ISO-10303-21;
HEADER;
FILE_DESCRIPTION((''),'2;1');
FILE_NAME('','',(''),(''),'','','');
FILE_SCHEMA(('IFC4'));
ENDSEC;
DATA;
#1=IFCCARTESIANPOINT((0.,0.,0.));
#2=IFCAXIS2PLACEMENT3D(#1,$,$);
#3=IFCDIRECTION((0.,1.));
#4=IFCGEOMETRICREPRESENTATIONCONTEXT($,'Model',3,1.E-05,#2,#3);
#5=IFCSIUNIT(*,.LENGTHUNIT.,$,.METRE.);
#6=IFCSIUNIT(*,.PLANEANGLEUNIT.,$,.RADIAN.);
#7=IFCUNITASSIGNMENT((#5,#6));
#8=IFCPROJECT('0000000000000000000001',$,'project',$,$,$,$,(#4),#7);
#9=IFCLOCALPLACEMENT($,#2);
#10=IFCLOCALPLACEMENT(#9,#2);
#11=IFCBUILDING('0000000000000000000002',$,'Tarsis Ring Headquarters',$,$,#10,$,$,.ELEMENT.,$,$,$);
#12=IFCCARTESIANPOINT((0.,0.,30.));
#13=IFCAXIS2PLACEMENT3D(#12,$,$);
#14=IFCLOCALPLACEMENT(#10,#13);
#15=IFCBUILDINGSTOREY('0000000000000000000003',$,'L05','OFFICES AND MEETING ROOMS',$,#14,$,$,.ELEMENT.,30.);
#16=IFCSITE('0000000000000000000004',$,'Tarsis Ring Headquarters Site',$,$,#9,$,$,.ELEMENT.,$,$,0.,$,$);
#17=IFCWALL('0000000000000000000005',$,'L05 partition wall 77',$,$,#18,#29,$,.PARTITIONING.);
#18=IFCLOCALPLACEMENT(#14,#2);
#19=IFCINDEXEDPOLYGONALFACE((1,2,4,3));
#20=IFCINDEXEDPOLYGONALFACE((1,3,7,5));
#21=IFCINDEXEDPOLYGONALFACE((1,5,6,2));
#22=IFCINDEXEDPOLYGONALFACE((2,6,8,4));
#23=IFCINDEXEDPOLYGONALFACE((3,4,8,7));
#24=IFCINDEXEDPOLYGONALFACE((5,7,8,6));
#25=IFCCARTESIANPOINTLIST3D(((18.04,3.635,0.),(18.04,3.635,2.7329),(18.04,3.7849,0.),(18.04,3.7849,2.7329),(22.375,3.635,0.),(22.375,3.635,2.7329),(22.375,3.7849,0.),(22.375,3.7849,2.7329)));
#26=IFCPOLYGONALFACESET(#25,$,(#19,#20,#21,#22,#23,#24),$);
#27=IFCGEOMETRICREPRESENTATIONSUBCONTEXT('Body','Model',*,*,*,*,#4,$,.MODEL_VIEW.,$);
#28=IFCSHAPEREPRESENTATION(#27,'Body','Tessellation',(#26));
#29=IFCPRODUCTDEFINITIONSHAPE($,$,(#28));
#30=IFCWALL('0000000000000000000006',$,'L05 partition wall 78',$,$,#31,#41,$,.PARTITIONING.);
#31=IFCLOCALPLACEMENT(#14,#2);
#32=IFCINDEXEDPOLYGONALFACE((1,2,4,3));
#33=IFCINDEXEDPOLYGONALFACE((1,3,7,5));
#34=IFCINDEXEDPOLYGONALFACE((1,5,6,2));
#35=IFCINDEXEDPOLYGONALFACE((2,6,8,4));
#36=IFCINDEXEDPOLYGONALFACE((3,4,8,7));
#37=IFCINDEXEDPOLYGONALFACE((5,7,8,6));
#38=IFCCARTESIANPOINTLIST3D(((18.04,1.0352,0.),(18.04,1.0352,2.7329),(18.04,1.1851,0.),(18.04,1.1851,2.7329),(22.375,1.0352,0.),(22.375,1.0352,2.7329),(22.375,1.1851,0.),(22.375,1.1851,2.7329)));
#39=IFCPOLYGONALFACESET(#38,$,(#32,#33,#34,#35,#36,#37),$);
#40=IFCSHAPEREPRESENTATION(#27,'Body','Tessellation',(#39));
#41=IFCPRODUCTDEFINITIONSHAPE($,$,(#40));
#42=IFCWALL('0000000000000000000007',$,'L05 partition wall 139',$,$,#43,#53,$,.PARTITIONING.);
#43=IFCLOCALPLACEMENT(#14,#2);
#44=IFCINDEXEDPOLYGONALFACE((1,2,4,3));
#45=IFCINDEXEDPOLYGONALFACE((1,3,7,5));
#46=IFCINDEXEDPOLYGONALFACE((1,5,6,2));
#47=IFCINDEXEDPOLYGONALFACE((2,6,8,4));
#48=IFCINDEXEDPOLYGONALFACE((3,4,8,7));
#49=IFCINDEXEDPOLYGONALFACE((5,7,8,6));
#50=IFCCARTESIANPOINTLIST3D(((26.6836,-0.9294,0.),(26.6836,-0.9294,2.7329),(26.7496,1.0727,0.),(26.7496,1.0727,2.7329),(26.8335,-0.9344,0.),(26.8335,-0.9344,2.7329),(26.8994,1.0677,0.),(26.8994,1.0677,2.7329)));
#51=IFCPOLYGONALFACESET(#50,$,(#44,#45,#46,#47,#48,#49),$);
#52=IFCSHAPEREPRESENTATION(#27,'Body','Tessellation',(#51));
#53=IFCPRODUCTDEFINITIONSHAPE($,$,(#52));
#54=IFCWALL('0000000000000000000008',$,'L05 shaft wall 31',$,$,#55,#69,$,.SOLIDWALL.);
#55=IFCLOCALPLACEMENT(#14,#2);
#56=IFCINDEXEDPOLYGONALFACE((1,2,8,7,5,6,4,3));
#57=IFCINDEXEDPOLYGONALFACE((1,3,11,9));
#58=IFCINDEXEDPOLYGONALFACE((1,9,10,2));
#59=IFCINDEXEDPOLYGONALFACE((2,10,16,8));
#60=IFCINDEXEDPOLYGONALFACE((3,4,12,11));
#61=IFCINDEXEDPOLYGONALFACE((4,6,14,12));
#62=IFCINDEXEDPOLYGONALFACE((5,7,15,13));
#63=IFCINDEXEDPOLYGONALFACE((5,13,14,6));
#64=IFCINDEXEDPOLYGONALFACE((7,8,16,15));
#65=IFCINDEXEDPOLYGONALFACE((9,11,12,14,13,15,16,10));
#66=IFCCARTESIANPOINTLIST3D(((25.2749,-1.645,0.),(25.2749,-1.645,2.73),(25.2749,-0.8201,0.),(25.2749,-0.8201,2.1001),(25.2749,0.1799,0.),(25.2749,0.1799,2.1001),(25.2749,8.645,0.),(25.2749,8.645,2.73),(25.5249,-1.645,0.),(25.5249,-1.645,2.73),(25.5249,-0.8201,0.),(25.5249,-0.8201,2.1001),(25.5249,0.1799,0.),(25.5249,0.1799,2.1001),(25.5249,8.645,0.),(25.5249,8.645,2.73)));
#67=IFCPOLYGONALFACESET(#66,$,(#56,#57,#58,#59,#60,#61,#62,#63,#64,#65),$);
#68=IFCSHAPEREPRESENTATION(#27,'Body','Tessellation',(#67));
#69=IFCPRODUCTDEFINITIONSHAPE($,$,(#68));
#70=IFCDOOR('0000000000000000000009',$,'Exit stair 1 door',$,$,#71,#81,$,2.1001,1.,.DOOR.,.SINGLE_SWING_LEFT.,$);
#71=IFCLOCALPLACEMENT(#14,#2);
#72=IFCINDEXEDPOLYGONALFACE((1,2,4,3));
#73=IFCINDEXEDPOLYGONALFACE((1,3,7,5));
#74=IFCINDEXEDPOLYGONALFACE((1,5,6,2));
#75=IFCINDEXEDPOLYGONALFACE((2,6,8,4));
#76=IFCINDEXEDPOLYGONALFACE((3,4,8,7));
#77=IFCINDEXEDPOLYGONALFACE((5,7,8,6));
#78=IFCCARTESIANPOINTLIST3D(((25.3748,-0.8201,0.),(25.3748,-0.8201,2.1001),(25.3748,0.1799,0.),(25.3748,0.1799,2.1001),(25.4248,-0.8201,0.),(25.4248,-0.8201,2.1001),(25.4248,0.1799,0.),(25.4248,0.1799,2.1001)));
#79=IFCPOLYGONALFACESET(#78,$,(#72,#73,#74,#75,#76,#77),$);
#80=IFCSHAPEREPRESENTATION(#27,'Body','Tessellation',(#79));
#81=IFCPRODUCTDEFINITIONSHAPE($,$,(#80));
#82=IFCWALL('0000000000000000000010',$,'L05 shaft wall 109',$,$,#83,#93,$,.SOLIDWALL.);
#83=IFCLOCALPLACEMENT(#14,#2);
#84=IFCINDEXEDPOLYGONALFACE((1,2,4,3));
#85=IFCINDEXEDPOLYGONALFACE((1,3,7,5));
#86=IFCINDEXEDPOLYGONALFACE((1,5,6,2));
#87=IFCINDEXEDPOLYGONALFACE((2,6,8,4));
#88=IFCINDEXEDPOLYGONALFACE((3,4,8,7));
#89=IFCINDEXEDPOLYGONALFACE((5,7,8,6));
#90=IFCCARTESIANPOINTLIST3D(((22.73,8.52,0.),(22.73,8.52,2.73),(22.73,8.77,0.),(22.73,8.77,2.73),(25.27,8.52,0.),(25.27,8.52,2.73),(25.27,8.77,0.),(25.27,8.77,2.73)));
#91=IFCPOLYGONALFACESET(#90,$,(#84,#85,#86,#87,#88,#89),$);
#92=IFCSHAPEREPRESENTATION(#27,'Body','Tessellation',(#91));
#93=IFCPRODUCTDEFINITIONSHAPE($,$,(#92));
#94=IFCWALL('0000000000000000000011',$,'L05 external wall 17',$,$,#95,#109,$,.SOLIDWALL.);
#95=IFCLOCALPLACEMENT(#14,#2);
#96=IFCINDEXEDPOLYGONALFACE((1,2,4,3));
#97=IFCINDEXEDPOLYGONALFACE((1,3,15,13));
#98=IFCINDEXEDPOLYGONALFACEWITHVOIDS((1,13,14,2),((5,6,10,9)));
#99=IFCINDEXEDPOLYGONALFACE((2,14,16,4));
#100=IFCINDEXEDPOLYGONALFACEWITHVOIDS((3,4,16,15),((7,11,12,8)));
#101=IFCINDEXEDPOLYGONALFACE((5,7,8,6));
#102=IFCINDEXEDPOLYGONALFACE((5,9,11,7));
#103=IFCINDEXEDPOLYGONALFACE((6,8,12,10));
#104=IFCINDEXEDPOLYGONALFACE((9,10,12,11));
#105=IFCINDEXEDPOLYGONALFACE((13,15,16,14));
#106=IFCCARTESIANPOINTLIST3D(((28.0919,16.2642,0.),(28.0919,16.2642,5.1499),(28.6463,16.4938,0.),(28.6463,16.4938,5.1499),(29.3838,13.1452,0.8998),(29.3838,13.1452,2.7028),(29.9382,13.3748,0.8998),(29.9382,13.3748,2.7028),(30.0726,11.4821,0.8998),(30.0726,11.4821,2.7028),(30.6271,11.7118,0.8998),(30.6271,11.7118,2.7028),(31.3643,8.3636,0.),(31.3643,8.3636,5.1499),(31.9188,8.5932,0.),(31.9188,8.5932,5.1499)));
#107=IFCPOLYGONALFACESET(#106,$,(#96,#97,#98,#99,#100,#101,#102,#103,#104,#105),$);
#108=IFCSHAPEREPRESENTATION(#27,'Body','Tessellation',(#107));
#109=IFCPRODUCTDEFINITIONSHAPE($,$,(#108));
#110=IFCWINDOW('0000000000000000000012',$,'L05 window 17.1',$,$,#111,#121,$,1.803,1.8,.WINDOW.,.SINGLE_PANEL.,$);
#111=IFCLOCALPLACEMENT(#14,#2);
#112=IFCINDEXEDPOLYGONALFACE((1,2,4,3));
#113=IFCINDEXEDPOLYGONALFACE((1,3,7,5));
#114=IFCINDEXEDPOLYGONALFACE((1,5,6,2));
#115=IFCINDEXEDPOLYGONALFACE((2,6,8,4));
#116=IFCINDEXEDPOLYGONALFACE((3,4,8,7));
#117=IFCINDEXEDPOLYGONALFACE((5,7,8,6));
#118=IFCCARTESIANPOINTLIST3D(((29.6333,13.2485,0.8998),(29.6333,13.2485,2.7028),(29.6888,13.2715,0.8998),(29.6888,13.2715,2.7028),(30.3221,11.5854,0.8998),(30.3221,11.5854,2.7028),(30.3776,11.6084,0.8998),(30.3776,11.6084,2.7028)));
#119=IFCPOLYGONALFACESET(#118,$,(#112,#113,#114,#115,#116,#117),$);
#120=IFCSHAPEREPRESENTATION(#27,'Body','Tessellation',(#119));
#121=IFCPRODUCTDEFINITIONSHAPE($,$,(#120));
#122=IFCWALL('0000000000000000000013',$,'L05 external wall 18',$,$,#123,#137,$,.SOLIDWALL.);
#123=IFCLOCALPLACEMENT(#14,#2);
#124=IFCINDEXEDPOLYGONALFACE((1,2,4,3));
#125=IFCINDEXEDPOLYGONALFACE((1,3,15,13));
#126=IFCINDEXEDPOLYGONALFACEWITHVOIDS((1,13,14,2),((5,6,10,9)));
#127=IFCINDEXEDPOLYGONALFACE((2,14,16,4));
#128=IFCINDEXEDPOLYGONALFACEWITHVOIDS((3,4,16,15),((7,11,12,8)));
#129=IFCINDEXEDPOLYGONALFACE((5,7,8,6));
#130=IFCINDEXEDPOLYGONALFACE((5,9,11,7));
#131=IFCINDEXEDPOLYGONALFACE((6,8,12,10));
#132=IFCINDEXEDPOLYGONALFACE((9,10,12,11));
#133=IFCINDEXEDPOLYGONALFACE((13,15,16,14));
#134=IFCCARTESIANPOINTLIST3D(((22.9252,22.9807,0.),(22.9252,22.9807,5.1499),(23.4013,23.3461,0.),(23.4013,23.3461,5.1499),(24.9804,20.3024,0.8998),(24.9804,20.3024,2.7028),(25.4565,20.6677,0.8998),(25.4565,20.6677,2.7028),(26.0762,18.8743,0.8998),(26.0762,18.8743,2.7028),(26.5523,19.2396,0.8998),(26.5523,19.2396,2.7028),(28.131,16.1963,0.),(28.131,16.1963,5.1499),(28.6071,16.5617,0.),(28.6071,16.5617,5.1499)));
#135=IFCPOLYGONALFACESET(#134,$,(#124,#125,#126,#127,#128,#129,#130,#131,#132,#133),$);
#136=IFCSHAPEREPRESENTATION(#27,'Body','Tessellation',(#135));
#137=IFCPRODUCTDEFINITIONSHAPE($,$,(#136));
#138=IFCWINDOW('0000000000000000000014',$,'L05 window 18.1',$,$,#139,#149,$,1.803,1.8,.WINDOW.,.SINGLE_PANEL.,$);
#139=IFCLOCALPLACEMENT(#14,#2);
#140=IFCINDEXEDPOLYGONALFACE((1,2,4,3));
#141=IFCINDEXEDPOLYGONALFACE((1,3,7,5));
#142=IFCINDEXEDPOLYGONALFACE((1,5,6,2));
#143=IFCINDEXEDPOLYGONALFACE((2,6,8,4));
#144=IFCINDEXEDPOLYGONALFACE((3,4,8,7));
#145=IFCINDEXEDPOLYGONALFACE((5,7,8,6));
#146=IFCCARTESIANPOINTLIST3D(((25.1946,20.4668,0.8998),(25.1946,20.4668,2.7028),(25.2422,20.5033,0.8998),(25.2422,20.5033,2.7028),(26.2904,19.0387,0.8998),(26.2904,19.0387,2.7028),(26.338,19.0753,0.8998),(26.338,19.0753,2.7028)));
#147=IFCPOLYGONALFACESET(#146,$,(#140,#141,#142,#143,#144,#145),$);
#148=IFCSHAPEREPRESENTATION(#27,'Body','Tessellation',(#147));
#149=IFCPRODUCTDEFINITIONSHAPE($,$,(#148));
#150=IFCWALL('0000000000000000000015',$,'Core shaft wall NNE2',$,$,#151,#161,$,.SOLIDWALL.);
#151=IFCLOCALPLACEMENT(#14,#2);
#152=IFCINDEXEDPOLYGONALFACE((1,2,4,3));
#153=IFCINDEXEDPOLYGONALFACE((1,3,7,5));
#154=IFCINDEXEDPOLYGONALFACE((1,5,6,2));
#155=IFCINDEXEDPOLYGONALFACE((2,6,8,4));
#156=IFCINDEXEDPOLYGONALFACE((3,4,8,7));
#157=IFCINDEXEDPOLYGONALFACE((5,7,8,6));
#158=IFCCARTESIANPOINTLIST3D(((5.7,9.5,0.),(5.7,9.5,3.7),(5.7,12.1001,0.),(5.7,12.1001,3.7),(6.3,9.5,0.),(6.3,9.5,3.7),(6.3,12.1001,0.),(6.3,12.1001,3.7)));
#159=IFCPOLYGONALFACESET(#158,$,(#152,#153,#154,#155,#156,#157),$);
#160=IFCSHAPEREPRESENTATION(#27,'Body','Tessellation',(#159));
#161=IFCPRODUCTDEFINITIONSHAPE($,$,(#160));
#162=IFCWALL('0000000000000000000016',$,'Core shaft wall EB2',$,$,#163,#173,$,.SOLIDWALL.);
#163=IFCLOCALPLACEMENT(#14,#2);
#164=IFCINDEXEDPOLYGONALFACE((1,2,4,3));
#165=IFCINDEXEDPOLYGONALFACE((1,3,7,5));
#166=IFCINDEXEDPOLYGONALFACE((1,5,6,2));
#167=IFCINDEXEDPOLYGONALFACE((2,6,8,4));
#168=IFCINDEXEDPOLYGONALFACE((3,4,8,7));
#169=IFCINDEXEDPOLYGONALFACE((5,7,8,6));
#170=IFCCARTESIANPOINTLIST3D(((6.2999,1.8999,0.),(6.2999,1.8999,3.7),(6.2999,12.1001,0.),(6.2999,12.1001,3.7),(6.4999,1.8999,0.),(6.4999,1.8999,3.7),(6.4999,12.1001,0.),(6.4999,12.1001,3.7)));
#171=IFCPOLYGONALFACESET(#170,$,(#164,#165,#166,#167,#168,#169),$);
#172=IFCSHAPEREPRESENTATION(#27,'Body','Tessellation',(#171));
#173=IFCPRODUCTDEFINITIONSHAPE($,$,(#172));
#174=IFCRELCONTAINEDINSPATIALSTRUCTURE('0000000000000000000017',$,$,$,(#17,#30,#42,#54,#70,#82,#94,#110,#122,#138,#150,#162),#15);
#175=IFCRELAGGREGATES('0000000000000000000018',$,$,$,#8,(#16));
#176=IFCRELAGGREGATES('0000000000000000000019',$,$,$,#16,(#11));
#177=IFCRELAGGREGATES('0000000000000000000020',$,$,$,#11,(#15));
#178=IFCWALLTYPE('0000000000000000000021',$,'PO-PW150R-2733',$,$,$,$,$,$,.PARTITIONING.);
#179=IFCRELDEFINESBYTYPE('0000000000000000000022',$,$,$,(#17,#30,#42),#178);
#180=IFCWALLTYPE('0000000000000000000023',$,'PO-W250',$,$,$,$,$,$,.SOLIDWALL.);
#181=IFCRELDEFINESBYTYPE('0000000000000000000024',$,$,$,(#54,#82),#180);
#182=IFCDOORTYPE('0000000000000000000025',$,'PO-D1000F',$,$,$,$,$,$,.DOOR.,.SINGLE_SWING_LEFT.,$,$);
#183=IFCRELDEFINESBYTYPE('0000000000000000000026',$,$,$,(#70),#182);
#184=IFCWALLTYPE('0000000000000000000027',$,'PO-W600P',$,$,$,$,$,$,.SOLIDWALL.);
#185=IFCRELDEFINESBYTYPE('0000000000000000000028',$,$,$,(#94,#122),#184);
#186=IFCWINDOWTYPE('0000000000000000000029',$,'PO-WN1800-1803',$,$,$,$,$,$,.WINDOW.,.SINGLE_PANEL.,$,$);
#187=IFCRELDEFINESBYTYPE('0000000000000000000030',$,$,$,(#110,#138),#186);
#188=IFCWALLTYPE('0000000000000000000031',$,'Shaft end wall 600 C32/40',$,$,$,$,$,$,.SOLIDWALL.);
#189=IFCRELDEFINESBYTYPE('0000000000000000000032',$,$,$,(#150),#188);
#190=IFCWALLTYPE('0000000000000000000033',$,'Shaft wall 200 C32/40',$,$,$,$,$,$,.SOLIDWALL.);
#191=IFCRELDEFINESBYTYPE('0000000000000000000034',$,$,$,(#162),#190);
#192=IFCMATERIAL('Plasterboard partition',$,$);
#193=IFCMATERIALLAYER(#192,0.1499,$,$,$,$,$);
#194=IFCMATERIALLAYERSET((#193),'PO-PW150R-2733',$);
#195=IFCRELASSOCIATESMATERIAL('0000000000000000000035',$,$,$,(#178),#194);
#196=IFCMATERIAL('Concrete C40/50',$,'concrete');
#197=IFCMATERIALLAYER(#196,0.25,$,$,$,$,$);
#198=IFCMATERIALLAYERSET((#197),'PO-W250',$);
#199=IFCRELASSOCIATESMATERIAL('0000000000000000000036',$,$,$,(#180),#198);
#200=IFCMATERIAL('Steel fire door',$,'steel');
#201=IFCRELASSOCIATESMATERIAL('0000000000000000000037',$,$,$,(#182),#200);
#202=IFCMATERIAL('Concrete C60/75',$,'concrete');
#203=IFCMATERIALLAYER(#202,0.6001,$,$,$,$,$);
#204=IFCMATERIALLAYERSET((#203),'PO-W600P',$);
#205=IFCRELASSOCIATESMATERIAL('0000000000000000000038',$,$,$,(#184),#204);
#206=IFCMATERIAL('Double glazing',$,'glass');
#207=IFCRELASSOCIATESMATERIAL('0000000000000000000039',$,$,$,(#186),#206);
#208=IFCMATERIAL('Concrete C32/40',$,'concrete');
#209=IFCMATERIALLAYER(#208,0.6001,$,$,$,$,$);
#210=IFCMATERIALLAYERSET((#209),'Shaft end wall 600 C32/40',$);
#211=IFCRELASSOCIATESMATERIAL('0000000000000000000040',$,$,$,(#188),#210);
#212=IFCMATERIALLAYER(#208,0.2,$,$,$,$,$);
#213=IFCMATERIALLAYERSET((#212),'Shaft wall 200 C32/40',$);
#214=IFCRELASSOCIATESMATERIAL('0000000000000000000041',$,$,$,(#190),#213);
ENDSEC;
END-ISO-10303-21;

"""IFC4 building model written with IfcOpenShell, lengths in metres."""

from ifc_helpers import new_model, si_unit, direction, frame, frame_2d, origin, place, context, subcontext, project, spatial, rectangle, extrude, material, layer, layer_set, type_object, element, fill, save


model = new_model("IFC4")

# Units and contexts
model_context = context("Model", 3, precision=1e-05, world=origin(), true_north=direction((0.0, 1.0)))
body_context = subcontext(model_context, "Body", "Model", "MODEL_VIEW")
ifc_project = project(units=[si_unit("LENGTHUNIT", "METRE"), si_unit("PLANEANGLEUNIT", "RADIAN")], contexts=[model_context])

# Site, building, storey
site_placement = place(None, origin())
site = spatial("IfcSite", under=ifc_project, at=site_placement, Name="Tarsis Ring Headquarters Site", CompositionType="ELEMENT", RefElevation=0.0)
building_placement = place(site_placement, origin())
building = spatial("IfcBuilding", under=site, at=building_placement, Name="Tarsis Ring Headquarters", CompositionType="ELEMENT")
storey_placement = place(building_placement, frame((0.0, 0.0, 30.0)))
storey = spatial("IfcBuildingStorey", under=building, at=storey_placement, Name="L05", Description="OFFICES AND MEETING ROOMS", CompositionType="ELEMENT", Elevation=30.0)

# Shared definitions
ifc_material_1 = material(Name="Concrete C40/50", Category="concrete")

# Shared definitions
ifc_material_2 = material(Name="Concrete C60/75", Category="concrete")

# Walls
ifc_material_3 = material(Name="Plasterboard partition")
ifc_layer_1 = layer(ifc_material_3, 0.1499)
ifc_layer_set_1 = layer_set([ifc_layer_1], Name="PO-PW150R-2733")
wall_type_1 = type_object("IfcWallType", Name="PO-PW150R-2733", PredefinedType="PARTITIONING", material=ifc_layer_set_1)
for number, where, z_axis, x_axis, name in (
    (1, (18.04, 3.71, 0.0), (0.0, 0.0, 1.0), (1.0, 0.0, 0.0), "L05 partition wall 77"),
    (2, (22.375, 1.1101, 0.0), (0.0, 0.0, 1.0), (-1.0, 0.0, 0.0), "L05 partition wall 78"),
):
    element("IfcWall", number, at=place(storey_placement, frame(where, z_axis=z_axis, x_axis=x_axis)), inside=storey, type_object=wall_type_1, Name=name, PredefinedType="PARTITIONING", context=body_context, shape_type="SweptSolid", body=[
        extrude(rectangle(XDim=4.335, YDim=0.1499, at=frame_2d((2.1675, 0.0))), origin(), (0.0, 0.0, 1.0), 2.7329),
    ])
wall_1_placement = place(storey_placement, frame((26.8245, 1.0701, 0.0), z_axis=(0.0, 0.0, 1.0), x_axis=(-0.032905, -0.999458, 0.0)))
element("IfcWall", 3, at=wall_1_placement, inside=storey, type_object=wall_type_1, Name="L05 partition wall 139", PredefinedType="PARTITIONING", context=body_context, shape_type="SweptSolid", body=[
    extrude(rectangle(XDim=2.0032, YDim=0.1499, at=frame_2d((1.0015, 0.0))), origin(), (0.0, 0.0, 1.0), 2.7329),
])

# Wall, opening, door
ifc_layer_2 = layer(ifc_material_1, 0.25)
ifc_layer_set_2 = layer_set([ifc_layer_2], Name="PO-W250")
wall_type_2 = type_object("IfcWallType", Name="PO-W250", PredefinedType="SOLIDWALL", material=ifc_layer_set_2)
wall_2_placement = place(storey_placement, frame((25.3999, 8.645, 0.0), z_axis=(0.0, 0.0, 1.0), x_axis=(0.0, -1.0, 0.0)))
wall_2 = element("IfcWall", 4, at=wall_2_placement, inside=storey, type_object=wall_type_2, Name="L05 shaft wall 31", PredefinedType="SOLIDWALL", context=body_context, shape_type="SweptSolid", body=[
    extrude(rectangle(XDim=10.29, YDim=0.25, at=frame_2d((5.145, 0.0))), origin(), (0.0, 0.0, 1.0), 2.73),
])
opening_1_placement = place(wall_2_placement, frame((8.4651, 0.0, 0.0)))
opening_1 = element("IfcOpeningElement", 5, at=opening_1_placement, cuts=wall_2, PredefinedType="OPENING", context=body_context, shape_type="SweptSolid", body=[
    extrude(rectangle(XDim=1.0, YDim=2.1001, at=frame_2d((0.5, 1.05))), frame((0.0, 0.135, 0.0), z_axis=(0.0, -1.0, 0.0), x_axis=(1.0, 0.0, 0.0)), (0.0, 0.0, 1.0), 0.27),
])
ifc_material_4 = material(Name="Steel fire door", Category="steel")
door_type = type_object("IfcDoorType", Name="PO-D1000F", OperationType="SINGLE_SWING_LEFT", PredefinedType="DOOR", material=ifc_material_4)
door_placement = place(opening_1_placement, origin())
door = element("IfcDoor", 6, at=door_placement, inside=storey, type_object=door_type, Name="Exit stair 1 door", OperationType="SINGLE_SWING_LEFT", OverallHeight=2.1001, OverallWidth=1.0, PredefinedType="DOOR", context=body_context, shape_type="SweptSolid", body=[
    extrude(rectangle(XDim=1.0, YDim=2.1001, at=frame_2d((0.5, 1.05))), frame((0.0, 0.0249, 0.0), z_axis=(0.0, -1.0, 0.0), x_axis=(1.0, 0.0, 0.0)), (0.0, 0.0, 1.0), 0.05),
])
fill(opening_1, door)

# Wall
wall_3_placement = place(storey_placement, frame((22.73, 8.645, 0.0), z_axis=(0.0, 0.0, 1.0), x_axis=(1.0, 0.0, 0.0)))
element("IfcWall", 7, at=wall_3_placement, inside=storey, type_object=wall_type_2, Name="L05 shaft wall 109", PredefinedType="SOLIDWALL", context=body_context, shape_type="SweptSolid", body=[
    extrude(rectangle(XDim=2.54, YDim=0.25, at=frame_2d((1.27, 0.0))), origin(), (0.0, 0.0, 1.0), 2.73),
])

# Walls, openings, windows
ifc_layer_3 = layer(ifc_material_2, 0.6001)
ifc_layer_set_3 = layer_set([ifc_layer_3], Name="PO-W600P")
wall_type_3 = type_object("IfcWallType", Name="PO-W600P", PredefinedType="SOLIDWALL", material=ifc_layer_set_3)
wall_4_placement = place(storey_placement, frame((31.6416, 8.4783, 0.0), z_axis=(0.0, 0.0, 1.0), x_axis=(-0.382675, 0.923883, 0.0)))
wall_4 = element("IfcWall", 8, at=wall_4_placement, inside=storey, type_object=wall_type_3, Name="L05 external wall 17", PredefinedType="SOLIDWALL", context=body_context, shape_type="SweptSolid", body=[
    extrude(rectangle(XDim=8.5515, YDim=0.6001, at=frame_2d((4.2759, 0.0))), origin(), (0.0, 0.0, 1.0), 5.1499),
])
opening_2_placement = place(wall_4_placement, frame((3.3757, 0.0, 0.8999)))
opening_2 = element("IfcOpeningElement", 9, at=opening_2_placement, cuts=wall_4, PredefinedType="OPENING", context=body_context, shape_type="SweptSolid", body=[
    extrude(rectangle(XDim=1.8, YDim=1.803, at=frame_2d((0.8999, 0.9014))), frame((0.0, 0.3101, 0.0), z_axis=(0.0, -1.0, 0.0), x_axis=(1.0, 0.0, 0.0)), (0.0, 0.0, 1.0), 0.6201),
])
ifc_material_5 = material(Name="Double glazing", Category="glass")
window_type = type_object("IfcWindowType", Name="PO-WN1800-1803", PartitioningType="SINGLE_PANEL", PredefinedType="WINDOW", material=ifc_material_5)
window_1_placement = place(opening_2_placement, origin())
window_1 = element("IfcWindow", 10, at=window_1_placement, inside=storey, type_object=window_type, Name="L05 window 17.1", OverallHeight=1.803, OverallWidth=1.8, PartitioningType="SINGLE_PANEL", PredefinedType="WINDOW", context=body_context, shape_type="SweptSolid", body=[
    extrude(rectangle(XDim=1.8, YDim=1.803, at=frame_2d((0.8999, 0.9014))), frame((0.0, 0.03, 0.0), z_axis=(0.0, -1.0, 0.0), x_axis=(1.0, 0.0, 0.0)), (0.0, 0.0, 1.0), 0.0601),
])
fill(opening_2, window_1)
wall_5_placement = place(storey_placement, frame((28.3691, 16.3789, 0.0), z_axis=(0.0, 0.0, 1.0), x_axis=(-0.608757, 0.793357, 0.0)))
wall_5 = element("IfcWall", 11, at=wall_5_placement, inside=storey, type_object=wall_type_3, Name="L05 external wall 18", PredefinedType="SOLIDWALL", context=body_context, shape_type="SweptSolid", body=[
    extrude(rectangle(XDim=8.5515, YDim=0.6001, at=frame_2d((4.2759, 0.0))), origin(), (0.0, 0.0, 1.0), 5.1499),
])
opening_3_placement = place(wall_5_placement, frame((3.3757, 0.0, 0.8999)))
opening_3 = element("IfcOpeningElement", 12, at=opening_3_placement, cuts=wall_5, PredefinedType="OPENING", context=body_context, shape_type="SweptSolid", body=[
    extrude(rectangle(XDim=1.8, YDim=1.803, at=frame_2d((0.8999, 0.9014))), frame((0.0, 0.3101, 0.0), z_axis=(0.0, -1.0, 0.0), x_axis=(1.0, 0.0, 0.0)), (0.0, 0.0, 1.0), 0.6201),
])
window_2_placement = place(opening_3_placement, origin())
window_2 = element("IfcWindow", 13, at=window_2_placement, inside=storey, type_object=window_type, Name="L05 window 18.1", OverallHeight=1.803, OverallWidth=1.8, PartitioningType="SINGLE_PANEL", PredefinedType="WINDOW", context=body_context, shape_type="SweptSolid", body=[
    extrude(rectangle(XDim=1.8, YDim=1.803, at=frame_2d((0.8999, 0.9014))), frame((0.0, 0.03, 0.0), z_axis=(0.0, -1.0, 0.0), x_axis=(1.0, 0.0, 0.0)), (0.0, 0.0, 1.0), 0.0601),
])
fill(opening_3, window_2)

# Walls
ifc_material_6 = material(Name="Concrete C32/40", Category="concrete")
ifc_layer_4 = layer(ifc_material_6, 0.6001)
ifc_layer_set_4 = layer_set([ifc_layer_4], Name="Shaft end wall 600 C32/40")
wall_type_4 = type_object("IfcWallType", Name="Shaft end wall 600 C32/40", PredefinedType="SOLIDWALL", material=ifc_layer_set_4)
wall_6_placement = place(storey_placement, frame((6.0, 9.5, 0.0), z_axis=(0.0, 0.0, 1.0), x_axis=(0.0, 1.0, 0.0)))
element("IfcWall", 14, at=wall_6_placement, inside=storey, type_object=wall_type_4, Name="Core shaft wall NNE2", PredefinedType="SOLIDWALL", context=body_context, shape_type="SweptSolid", body=[
    extrude(rectangle(XDim=2.6001, YDim=0.6001, at=frame_2d((1.3, 0.0))), origin(), (0.0, 0.0, 1.0), 3.7),
])
ifc_layer_5 = layer(ifc_material_6, 0.2)
ifc_layer_set_5 = layer_set([ifc_layer_5], Name="Shaft wall 200 C32/40")
wall_type_5 = type_object("IfcWallType", Name="Shaft wall 200 C32/40", PredefinedType="SOLIDWALL", material=ifc_layer_set_5)
wall_7_placement = place(storey_placement, frame((6.3999, 1.8999, 0.0), z_axis=(0.0, 0.0, 1.0), x_axis=(0.0, 1.0, 0.0)))
element("IfcWall", 15, at=wall_7_placement, inside=storey, type_object=wall_type_5, Name="Core shaft wall EB2", PredefinedType="SOLIDWALL", context=body_context, shape_type="SweptSolid", body=[
    extrude(rectangle(XDim=10.2002, YDim=0.2, at=frame_2d((5.1001, 0.0))), origin(), (0.0, 0.0, 1.0), 3.7),
])

save(model, "model.ifc")
